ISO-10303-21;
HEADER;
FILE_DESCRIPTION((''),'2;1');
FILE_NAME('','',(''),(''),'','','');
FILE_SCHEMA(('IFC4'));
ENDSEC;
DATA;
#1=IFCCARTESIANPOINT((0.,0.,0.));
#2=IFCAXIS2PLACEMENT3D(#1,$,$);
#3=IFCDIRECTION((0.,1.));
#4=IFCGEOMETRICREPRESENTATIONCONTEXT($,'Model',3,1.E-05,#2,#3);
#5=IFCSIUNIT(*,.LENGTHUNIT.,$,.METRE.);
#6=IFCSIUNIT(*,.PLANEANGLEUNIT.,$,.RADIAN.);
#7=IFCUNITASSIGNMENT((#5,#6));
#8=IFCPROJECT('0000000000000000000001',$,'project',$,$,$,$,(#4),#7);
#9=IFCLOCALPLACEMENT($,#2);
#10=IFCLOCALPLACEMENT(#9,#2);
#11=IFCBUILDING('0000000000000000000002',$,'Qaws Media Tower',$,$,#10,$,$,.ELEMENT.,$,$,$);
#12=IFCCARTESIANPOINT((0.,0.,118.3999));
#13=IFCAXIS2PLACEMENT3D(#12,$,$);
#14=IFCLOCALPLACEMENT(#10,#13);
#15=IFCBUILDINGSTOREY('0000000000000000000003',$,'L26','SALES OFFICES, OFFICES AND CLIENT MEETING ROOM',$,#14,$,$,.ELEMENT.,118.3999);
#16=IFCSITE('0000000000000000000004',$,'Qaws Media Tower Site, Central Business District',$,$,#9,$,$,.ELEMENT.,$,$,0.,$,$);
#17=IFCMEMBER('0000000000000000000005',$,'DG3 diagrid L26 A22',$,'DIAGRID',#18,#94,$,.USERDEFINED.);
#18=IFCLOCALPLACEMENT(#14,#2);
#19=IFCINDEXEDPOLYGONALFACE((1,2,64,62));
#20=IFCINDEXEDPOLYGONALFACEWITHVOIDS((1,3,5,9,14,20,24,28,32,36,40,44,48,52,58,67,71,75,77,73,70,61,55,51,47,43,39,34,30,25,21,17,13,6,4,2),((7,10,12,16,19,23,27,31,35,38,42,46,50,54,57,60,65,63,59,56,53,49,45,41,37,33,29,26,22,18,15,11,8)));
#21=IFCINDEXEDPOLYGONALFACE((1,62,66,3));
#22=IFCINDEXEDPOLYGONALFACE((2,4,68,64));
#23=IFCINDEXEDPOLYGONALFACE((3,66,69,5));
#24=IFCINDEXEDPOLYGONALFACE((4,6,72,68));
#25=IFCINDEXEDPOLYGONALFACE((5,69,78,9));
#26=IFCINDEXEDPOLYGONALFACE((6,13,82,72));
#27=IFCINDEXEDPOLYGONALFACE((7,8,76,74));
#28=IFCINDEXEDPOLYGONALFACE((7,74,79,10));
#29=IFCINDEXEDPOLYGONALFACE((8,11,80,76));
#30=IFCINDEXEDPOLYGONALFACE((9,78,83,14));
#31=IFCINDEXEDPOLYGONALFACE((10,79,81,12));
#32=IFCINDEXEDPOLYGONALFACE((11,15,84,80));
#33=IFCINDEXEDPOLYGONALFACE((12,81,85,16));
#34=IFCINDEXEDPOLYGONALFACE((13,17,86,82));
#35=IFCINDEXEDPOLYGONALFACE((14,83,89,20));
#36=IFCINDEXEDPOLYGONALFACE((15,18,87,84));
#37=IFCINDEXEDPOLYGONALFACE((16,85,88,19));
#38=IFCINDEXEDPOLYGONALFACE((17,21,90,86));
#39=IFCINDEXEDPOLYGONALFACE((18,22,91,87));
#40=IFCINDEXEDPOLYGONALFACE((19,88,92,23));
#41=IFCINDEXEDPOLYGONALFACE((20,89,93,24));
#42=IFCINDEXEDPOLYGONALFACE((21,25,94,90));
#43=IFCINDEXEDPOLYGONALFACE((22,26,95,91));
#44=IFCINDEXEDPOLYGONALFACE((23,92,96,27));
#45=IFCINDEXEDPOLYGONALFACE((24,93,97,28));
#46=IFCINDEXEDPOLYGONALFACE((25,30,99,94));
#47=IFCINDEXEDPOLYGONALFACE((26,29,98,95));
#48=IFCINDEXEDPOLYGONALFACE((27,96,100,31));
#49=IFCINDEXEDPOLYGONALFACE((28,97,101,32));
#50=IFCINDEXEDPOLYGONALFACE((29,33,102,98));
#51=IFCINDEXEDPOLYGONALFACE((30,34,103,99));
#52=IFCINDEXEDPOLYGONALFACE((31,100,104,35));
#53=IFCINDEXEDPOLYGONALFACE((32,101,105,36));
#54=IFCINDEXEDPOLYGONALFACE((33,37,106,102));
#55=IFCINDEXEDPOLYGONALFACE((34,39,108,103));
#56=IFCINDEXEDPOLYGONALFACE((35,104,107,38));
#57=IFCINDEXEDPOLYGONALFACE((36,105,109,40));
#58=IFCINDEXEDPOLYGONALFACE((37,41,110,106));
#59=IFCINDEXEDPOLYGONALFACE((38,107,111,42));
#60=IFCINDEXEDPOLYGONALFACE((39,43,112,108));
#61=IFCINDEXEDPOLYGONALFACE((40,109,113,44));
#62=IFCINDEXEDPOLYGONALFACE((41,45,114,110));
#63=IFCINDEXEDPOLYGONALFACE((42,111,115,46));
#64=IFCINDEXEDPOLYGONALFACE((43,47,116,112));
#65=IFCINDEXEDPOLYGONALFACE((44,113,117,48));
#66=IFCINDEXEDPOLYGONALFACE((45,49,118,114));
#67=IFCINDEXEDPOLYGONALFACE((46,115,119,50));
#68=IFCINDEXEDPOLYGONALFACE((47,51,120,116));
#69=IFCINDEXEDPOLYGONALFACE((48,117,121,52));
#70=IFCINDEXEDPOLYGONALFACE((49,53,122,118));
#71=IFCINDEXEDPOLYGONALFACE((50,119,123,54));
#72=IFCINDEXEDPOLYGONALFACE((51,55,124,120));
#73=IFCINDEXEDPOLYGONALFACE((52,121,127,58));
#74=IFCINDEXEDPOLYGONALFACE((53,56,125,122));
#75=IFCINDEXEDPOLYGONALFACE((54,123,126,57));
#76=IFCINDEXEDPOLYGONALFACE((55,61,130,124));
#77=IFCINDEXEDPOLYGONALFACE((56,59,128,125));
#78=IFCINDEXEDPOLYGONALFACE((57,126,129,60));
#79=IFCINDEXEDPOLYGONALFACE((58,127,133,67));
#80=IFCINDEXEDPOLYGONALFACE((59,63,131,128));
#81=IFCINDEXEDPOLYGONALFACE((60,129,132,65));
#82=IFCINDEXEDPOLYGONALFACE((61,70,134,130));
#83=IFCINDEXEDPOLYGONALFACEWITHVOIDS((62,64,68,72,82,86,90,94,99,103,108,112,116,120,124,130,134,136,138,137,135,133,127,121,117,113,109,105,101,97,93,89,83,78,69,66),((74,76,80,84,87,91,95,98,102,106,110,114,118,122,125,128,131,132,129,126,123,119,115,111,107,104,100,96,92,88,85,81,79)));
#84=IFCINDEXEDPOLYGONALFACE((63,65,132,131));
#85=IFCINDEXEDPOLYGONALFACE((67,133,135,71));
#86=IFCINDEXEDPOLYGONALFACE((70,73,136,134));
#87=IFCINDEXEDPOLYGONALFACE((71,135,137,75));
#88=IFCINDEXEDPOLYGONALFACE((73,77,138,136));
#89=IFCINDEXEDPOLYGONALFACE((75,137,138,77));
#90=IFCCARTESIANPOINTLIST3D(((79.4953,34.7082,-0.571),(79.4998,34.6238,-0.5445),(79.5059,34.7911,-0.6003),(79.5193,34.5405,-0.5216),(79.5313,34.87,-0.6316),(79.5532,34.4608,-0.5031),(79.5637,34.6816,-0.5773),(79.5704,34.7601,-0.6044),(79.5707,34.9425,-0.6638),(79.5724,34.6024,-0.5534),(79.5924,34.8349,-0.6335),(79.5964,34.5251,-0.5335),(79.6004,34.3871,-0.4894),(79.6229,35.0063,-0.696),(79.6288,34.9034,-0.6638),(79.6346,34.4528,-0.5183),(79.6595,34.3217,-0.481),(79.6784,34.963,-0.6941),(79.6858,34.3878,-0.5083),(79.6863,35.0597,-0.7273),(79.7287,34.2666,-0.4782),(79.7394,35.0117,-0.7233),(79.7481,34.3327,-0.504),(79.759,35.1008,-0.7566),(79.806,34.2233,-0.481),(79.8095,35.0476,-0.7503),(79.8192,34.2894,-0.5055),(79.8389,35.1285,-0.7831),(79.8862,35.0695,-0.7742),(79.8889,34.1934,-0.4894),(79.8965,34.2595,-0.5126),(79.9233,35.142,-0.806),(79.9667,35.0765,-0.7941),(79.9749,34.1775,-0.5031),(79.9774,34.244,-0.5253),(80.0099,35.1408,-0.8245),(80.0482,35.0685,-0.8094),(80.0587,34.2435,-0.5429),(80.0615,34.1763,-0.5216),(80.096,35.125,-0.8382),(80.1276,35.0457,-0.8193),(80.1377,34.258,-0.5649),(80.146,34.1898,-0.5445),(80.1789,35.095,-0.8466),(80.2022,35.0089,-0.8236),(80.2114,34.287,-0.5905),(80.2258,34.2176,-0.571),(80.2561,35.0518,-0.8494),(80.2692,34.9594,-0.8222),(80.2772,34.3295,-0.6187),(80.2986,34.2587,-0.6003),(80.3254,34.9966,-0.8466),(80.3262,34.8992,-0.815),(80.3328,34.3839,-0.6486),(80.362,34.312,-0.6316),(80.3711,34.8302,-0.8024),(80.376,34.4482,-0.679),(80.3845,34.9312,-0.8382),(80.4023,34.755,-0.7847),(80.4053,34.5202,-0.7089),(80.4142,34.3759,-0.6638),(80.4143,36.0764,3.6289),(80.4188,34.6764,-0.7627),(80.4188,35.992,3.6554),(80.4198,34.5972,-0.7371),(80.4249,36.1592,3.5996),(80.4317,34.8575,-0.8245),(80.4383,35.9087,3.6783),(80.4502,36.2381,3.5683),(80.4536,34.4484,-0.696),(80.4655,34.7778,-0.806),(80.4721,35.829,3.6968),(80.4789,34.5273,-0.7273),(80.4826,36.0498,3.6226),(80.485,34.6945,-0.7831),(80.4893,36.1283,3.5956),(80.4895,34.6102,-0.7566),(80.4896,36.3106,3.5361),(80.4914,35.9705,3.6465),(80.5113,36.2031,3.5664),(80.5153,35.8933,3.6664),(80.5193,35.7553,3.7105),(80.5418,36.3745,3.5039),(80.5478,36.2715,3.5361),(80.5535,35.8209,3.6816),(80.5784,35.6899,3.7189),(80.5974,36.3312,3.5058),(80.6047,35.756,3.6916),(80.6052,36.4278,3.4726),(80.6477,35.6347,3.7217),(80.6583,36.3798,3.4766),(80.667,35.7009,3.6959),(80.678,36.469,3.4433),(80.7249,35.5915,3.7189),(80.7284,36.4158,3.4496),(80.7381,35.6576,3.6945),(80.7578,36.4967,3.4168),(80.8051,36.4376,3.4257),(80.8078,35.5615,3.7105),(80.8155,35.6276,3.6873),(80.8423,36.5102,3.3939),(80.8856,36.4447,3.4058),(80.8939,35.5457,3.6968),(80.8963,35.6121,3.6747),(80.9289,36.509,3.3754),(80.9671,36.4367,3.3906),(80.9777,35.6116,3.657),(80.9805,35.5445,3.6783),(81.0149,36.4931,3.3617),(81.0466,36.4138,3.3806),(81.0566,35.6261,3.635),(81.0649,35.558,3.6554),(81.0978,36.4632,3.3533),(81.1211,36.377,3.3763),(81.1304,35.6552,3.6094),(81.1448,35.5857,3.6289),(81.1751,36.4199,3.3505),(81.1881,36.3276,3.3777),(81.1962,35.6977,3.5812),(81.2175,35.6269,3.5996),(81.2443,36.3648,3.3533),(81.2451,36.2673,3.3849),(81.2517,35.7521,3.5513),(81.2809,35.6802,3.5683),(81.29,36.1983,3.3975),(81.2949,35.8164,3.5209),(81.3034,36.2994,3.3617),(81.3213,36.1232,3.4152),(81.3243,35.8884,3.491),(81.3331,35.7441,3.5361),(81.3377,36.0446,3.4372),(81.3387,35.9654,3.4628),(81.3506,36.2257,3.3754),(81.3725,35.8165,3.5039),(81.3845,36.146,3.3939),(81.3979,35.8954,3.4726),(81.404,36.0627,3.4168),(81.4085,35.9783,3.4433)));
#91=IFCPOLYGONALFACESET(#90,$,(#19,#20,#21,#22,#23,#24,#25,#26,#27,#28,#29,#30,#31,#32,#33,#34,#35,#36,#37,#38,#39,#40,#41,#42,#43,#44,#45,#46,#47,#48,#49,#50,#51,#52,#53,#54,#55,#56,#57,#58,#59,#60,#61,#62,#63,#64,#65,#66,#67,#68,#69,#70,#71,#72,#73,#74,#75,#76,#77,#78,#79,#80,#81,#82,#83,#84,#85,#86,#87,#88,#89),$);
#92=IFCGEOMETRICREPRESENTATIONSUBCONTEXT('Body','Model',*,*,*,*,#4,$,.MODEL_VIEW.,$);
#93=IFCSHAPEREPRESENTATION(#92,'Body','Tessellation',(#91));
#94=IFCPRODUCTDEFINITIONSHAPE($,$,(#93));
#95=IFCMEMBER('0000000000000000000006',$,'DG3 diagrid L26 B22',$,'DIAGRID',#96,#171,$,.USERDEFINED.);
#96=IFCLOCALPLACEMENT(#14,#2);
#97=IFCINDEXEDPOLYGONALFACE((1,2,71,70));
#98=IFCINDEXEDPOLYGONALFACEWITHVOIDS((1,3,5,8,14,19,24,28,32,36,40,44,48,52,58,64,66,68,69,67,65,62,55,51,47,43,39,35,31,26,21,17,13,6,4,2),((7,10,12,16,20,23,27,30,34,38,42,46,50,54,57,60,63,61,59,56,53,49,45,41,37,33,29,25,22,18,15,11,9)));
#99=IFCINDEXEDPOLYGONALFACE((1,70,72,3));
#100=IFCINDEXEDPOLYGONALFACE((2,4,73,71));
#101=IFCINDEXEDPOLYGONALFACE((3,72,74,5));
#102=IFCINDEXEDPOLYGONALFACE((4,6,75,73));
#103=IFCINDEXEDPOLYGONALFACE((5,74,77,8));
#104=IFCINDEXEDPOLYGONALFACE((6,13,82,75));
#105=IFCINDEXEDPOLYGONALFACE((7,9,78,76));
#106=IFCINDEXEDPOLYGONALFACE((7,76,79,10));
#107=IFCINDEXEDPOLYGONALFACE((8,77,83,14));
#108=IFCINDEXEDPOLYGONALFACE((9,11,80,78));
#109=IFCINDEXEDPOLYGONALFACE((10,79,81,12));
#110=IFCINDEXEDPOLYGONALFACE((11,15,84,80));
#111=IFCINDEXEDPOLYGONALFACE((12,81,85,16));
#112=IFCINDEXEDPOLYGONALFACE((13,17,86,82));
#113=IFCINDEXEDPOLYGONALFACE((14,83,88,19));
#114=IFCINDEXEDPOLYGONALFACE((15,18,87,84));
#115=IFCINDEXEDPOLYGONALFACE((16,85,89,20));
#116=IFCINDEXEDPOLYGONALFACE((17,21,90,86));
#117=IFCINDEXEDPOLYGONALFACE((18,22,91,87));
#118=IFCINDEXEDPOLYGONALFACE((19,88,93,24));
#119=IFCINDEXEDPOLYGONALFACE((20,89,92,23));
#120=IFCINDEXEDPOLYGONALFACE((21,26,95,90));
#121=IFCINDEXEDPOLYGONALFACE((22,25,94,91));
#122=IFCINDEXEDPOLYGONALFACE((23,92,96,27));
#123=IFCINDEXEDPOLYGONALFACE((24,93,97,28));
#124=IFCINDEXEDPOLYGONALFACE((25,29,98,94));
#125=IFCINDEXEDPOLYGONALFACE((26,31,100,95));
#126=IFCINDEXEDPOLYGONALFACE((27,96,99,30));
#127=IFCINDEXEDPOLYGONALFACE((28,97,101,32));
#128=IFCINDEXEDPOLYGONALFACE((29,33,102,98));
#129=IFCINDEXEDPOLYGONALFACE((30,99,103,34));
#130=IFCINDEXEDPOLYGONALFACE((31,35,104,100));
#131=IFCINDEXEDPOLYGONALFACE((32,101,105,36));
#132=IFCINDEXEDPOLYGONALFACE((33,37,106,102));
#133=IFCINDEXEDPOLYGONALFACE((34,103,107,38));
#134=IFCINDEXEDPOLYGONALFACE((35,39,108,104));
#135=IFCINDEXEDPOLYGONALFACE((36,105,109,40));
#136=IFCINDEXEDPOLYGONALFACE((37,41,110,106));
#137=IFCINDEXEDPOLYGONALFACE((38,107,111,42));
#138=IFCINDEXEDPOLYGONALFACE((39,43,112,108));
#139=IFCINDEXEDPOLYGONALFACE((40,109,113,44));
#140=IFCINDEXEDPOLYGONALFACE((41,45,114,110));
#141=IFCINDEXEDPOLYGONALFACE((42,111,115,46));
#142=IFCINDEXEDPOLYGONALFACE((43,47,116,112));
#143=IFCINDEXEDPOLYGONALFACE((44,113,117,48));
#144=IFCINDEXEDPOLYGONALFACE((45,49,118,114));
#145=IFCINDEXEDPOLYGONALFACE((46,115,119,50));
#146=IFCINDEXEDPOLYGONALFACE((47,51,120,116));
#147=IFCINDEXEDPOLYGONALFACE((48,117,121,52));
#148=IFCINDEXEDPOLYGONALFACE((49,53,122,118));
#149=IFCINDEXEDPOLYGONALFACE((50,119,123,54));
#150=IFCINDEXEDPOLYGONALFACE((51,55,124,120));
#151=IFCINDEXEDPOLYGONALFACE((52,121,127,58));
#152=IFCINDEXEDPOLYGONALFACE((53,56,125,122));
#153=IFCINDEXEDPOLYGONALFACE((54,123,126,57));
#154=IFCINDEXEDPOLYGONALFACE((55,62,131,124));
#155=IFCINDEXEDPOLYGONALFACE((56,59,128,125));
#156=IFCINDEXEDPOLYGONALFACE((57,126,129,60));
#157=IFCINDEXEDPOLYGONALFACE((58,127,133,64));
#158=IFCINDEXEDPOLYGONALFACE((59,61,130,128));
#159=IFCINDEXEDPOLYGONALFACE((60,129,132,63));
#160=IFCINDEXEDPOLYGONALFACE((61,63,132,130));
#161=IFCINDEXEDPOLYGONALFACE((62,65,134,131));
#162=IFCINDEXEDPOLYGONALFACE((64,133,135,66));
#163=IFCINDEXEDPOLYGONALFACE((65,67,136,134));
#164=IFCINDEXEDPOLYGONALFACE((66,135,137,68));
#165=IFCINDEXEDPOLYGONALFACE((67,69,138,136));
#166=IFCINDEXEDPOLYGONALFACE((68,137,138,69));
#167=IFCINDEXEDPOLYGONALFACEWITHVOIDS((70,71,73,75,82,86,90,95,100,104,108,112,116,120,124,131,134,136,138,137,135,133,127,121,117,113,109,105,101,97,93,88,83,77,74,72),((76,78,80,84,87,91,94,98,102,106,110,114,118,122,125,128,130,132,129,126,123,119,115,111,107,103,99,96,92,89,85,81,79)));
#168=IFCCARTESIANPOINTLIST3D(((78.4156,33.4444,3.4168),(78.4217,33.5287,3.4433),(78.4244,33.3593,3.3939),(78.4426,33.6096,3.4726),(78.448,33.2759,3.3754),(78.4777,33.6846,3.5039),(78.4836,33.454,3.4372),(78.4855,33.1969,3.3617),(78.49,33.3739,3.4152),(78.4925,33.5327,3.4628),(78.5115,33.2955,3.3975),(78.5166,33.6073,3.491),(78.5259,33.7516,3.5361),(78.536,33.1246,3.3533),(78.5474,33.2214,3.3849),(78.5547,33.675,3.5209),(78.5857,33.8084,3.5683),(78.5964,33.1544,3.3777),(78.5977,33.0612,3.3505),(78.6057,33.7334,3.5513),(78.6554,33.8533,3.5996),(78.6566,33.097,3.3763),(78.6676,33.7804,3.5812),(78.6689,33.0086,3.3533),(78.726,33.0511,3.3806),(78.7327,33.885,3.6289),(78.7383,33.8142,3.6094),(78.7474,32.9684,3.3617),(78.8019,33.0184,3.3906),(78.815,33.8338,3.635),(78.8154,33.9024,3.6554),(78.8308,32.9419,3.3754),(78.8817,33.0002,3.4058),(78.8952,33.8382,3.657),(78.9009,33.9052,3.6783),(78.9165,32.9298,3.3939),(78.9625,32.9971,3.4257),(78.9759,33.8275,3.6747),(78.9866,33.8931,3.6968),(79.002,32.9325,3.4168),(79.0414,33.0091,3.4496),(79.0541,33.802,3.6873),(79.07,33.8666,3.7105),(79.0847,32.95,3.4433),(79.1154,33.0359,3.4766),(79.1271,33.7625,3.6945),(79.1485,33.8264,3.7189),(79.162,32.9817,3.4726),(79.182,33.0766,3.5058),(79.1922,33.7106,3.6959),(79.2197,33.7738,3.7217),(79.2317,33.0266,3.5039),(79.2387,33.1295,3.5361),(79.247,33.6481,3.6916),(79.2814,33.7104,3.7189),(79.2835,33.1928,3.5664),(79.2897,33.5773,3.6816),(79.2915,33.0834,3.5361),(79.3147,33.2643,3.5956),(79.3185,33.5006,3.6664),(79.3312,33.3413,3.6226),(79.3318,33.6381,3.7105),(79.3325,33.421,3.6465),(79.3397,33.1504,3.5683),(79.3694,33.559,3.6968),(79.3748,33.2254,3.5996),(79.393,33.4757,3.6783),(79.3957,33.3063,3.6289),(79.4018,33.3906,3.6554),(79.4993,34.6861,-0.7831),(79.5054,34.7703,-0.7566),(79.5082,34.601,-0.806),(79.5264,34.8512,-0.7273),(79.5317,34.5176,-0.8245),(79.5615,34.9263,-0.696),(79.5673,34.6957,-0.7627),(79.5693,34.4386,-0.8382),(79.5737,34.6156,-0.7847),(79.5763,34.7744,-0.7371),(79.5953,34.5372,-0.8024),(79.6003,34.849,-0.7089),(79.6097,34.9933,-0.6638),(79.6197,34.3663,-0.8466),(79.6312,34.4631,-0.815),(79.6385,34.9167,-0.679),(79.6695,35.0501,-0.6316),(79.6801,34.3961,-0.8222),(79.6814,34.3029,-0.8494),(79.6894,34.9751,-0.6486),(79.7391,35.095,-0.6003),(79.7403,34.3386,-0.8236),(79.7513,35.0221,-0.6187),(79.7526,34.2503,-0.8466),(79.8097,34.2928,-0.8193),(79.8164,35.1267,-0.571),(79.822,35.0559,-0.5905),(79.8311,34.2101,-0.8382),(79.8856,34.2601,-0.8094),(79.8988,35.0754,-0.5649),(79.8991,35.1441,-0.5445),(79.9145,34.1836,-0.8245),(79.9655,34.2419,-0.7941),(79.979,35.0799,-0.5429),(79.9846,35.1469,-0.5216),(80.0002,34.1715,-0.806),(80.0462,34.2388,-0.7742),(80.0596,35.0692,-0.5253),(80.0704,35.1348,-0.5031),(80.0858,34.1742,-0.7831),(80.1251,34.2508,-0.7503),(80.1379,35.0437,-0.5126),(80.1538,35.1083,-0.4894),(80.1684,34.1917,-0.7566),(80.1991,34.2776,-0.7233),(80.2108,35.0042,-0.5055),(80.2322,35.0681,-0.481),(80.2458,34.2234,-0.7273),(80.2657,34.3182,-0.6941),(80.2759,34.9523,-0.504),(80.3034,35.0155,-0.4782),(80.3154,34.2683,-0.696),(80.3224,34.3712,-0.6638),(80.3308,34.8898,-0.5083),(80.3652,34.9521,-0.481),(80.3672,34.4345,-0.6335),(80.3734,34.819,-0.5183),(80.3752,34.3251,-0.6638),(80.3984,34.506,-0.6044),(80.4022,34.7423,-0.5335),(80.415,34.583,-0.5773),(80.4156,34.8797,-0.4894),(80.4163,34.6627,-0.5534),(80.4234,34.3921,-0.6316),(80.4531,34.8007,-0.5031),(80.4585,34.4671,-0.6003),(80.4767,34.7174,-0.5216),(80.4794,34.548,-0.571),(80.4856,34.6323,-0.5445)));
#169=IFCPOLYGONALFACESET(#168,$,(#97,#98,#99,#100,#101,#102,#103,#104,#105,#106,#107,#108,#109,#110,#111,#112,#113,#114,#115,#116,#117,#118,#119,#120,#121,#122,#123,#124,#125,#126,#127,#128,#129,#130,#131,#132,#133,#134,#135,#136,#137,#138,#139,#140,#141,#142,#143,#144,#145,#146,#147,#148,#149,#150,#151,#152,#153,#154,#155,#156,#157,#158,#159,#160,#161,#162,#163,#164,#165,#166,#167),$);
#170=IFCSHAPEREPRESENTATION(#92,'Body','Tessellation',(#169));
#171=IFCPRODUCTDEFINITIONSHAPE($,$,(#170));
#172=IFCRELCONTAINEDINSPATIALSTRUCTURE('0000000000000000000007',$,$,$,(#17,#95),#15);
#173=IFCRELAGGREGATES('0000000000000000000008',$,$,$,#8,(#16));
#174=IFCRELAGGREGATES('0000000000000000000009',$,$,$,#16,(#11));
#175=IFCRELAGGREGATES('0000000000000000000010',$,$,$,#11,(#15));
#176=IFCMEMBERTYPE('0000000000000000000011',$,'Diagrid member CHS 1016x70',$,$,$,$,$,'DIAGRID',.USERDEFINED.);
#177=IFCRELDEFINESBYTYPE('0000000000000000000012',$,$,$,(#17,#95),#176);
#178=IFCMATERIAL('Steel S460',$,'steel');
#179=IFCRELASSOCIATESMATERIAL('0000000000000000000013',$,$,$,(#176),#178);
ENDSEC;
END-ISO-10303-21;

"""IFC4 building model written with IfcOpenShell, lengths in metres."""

from ifc_helpers import new_model, si_unit, direction, frame, origin, origin_2d, place, context, subcontext, project, spatial, hollow_circle, extrude, material, material_profile, profile_set, type_object, element, save


model = new_model("IFC4")

# Units and contexts
model_context = context("Model", 3, precision=1e-05, world=origin(), true_north=direction((0.0, 1.0)))
body_context = subcontext(model_context, "Body", "Model", "MODEL_VIEW")
ifc_project = project(units=[si_unit("LENGTHUNIT", "METRE"), si_unit("PLANEANGLEUNIT", "RADIAN")], contexts=[model_context])

# Site, building, storey
site_placement = place(None, origin())
site = spatial("IfcSite", under=ifc_project, at=site_placement, Name="Qaws Media Tower Site, Central Business District", CompositionType="ELEMENT", RefElevation=0.0)
building_placement = place(site_placement, origin())
building = spatial("IfcBuilding", under=site, at=building_placement, Name="Qaws Media Tower", CompositionType="ELEMENT")
storey_placement = place(building_placement, frame((0.0, 0.0, 118.3999)))
storey = spatial("IfcBuildingStorey", under=building, at=storey_placement, Name="L26", Description="SALES OFFICES, OFFICES AND CLIENT MEETING ROOM", CompositionType="ELEMENT", Elevation=118.3999)

# Members
ifc_material_1 = material(Name="Steel S460", Category="steel")
ifc_material_profile_1 = material_profile(ifc_material_1, hollow_circle(Radius=0.5081, WallThickness=0.0701, at=origin_2d()), Name="CHS 1016x70")
ifc_profile_set_1 = profile_set([ifc_material_profile_1], Name="Steel S460")
member_type_1 = type_object("IfcMemberType", Name="Diagrid member CHS 1016x70", ElementType="DIAGRID", PredefinedType="USERDEFINED", material=ifc_profile_set_1)
for number, where, z_axis, x_axis, name in (
    (1, (79.9924, 34.6592, -0.6638), (0.203678, 0.303244, 0.930891), (-0.830131, 0.557568, 0.0), "DG3 diagrid L26 A22"),
    (2, (79.9924, 34.6592, -0.6638), (-0.240204, -0.275214, 0.930892), (0.753402, -0.65756, 0.0), "DG3 diagrid L26 B22"),
):
    element("IfcMember", number, at=place(storey_placement, frame(where, z_axis=z_axis, x_axis=x_axis)), inside=storey, type_object=member_type_1, Name=name, ObjectType="DIAGRID", PredefinedType="USERDEFINED", context=body_context, shape_type="SweptSolid", body=[
        extrude(hollow_circle(Radius=0.5081, WallThickness=0.0701, at=origin_2d()), origin(), (0.0, 0.0, 1.0), 4.5117),
    ])

save(model, "model.ifc")
